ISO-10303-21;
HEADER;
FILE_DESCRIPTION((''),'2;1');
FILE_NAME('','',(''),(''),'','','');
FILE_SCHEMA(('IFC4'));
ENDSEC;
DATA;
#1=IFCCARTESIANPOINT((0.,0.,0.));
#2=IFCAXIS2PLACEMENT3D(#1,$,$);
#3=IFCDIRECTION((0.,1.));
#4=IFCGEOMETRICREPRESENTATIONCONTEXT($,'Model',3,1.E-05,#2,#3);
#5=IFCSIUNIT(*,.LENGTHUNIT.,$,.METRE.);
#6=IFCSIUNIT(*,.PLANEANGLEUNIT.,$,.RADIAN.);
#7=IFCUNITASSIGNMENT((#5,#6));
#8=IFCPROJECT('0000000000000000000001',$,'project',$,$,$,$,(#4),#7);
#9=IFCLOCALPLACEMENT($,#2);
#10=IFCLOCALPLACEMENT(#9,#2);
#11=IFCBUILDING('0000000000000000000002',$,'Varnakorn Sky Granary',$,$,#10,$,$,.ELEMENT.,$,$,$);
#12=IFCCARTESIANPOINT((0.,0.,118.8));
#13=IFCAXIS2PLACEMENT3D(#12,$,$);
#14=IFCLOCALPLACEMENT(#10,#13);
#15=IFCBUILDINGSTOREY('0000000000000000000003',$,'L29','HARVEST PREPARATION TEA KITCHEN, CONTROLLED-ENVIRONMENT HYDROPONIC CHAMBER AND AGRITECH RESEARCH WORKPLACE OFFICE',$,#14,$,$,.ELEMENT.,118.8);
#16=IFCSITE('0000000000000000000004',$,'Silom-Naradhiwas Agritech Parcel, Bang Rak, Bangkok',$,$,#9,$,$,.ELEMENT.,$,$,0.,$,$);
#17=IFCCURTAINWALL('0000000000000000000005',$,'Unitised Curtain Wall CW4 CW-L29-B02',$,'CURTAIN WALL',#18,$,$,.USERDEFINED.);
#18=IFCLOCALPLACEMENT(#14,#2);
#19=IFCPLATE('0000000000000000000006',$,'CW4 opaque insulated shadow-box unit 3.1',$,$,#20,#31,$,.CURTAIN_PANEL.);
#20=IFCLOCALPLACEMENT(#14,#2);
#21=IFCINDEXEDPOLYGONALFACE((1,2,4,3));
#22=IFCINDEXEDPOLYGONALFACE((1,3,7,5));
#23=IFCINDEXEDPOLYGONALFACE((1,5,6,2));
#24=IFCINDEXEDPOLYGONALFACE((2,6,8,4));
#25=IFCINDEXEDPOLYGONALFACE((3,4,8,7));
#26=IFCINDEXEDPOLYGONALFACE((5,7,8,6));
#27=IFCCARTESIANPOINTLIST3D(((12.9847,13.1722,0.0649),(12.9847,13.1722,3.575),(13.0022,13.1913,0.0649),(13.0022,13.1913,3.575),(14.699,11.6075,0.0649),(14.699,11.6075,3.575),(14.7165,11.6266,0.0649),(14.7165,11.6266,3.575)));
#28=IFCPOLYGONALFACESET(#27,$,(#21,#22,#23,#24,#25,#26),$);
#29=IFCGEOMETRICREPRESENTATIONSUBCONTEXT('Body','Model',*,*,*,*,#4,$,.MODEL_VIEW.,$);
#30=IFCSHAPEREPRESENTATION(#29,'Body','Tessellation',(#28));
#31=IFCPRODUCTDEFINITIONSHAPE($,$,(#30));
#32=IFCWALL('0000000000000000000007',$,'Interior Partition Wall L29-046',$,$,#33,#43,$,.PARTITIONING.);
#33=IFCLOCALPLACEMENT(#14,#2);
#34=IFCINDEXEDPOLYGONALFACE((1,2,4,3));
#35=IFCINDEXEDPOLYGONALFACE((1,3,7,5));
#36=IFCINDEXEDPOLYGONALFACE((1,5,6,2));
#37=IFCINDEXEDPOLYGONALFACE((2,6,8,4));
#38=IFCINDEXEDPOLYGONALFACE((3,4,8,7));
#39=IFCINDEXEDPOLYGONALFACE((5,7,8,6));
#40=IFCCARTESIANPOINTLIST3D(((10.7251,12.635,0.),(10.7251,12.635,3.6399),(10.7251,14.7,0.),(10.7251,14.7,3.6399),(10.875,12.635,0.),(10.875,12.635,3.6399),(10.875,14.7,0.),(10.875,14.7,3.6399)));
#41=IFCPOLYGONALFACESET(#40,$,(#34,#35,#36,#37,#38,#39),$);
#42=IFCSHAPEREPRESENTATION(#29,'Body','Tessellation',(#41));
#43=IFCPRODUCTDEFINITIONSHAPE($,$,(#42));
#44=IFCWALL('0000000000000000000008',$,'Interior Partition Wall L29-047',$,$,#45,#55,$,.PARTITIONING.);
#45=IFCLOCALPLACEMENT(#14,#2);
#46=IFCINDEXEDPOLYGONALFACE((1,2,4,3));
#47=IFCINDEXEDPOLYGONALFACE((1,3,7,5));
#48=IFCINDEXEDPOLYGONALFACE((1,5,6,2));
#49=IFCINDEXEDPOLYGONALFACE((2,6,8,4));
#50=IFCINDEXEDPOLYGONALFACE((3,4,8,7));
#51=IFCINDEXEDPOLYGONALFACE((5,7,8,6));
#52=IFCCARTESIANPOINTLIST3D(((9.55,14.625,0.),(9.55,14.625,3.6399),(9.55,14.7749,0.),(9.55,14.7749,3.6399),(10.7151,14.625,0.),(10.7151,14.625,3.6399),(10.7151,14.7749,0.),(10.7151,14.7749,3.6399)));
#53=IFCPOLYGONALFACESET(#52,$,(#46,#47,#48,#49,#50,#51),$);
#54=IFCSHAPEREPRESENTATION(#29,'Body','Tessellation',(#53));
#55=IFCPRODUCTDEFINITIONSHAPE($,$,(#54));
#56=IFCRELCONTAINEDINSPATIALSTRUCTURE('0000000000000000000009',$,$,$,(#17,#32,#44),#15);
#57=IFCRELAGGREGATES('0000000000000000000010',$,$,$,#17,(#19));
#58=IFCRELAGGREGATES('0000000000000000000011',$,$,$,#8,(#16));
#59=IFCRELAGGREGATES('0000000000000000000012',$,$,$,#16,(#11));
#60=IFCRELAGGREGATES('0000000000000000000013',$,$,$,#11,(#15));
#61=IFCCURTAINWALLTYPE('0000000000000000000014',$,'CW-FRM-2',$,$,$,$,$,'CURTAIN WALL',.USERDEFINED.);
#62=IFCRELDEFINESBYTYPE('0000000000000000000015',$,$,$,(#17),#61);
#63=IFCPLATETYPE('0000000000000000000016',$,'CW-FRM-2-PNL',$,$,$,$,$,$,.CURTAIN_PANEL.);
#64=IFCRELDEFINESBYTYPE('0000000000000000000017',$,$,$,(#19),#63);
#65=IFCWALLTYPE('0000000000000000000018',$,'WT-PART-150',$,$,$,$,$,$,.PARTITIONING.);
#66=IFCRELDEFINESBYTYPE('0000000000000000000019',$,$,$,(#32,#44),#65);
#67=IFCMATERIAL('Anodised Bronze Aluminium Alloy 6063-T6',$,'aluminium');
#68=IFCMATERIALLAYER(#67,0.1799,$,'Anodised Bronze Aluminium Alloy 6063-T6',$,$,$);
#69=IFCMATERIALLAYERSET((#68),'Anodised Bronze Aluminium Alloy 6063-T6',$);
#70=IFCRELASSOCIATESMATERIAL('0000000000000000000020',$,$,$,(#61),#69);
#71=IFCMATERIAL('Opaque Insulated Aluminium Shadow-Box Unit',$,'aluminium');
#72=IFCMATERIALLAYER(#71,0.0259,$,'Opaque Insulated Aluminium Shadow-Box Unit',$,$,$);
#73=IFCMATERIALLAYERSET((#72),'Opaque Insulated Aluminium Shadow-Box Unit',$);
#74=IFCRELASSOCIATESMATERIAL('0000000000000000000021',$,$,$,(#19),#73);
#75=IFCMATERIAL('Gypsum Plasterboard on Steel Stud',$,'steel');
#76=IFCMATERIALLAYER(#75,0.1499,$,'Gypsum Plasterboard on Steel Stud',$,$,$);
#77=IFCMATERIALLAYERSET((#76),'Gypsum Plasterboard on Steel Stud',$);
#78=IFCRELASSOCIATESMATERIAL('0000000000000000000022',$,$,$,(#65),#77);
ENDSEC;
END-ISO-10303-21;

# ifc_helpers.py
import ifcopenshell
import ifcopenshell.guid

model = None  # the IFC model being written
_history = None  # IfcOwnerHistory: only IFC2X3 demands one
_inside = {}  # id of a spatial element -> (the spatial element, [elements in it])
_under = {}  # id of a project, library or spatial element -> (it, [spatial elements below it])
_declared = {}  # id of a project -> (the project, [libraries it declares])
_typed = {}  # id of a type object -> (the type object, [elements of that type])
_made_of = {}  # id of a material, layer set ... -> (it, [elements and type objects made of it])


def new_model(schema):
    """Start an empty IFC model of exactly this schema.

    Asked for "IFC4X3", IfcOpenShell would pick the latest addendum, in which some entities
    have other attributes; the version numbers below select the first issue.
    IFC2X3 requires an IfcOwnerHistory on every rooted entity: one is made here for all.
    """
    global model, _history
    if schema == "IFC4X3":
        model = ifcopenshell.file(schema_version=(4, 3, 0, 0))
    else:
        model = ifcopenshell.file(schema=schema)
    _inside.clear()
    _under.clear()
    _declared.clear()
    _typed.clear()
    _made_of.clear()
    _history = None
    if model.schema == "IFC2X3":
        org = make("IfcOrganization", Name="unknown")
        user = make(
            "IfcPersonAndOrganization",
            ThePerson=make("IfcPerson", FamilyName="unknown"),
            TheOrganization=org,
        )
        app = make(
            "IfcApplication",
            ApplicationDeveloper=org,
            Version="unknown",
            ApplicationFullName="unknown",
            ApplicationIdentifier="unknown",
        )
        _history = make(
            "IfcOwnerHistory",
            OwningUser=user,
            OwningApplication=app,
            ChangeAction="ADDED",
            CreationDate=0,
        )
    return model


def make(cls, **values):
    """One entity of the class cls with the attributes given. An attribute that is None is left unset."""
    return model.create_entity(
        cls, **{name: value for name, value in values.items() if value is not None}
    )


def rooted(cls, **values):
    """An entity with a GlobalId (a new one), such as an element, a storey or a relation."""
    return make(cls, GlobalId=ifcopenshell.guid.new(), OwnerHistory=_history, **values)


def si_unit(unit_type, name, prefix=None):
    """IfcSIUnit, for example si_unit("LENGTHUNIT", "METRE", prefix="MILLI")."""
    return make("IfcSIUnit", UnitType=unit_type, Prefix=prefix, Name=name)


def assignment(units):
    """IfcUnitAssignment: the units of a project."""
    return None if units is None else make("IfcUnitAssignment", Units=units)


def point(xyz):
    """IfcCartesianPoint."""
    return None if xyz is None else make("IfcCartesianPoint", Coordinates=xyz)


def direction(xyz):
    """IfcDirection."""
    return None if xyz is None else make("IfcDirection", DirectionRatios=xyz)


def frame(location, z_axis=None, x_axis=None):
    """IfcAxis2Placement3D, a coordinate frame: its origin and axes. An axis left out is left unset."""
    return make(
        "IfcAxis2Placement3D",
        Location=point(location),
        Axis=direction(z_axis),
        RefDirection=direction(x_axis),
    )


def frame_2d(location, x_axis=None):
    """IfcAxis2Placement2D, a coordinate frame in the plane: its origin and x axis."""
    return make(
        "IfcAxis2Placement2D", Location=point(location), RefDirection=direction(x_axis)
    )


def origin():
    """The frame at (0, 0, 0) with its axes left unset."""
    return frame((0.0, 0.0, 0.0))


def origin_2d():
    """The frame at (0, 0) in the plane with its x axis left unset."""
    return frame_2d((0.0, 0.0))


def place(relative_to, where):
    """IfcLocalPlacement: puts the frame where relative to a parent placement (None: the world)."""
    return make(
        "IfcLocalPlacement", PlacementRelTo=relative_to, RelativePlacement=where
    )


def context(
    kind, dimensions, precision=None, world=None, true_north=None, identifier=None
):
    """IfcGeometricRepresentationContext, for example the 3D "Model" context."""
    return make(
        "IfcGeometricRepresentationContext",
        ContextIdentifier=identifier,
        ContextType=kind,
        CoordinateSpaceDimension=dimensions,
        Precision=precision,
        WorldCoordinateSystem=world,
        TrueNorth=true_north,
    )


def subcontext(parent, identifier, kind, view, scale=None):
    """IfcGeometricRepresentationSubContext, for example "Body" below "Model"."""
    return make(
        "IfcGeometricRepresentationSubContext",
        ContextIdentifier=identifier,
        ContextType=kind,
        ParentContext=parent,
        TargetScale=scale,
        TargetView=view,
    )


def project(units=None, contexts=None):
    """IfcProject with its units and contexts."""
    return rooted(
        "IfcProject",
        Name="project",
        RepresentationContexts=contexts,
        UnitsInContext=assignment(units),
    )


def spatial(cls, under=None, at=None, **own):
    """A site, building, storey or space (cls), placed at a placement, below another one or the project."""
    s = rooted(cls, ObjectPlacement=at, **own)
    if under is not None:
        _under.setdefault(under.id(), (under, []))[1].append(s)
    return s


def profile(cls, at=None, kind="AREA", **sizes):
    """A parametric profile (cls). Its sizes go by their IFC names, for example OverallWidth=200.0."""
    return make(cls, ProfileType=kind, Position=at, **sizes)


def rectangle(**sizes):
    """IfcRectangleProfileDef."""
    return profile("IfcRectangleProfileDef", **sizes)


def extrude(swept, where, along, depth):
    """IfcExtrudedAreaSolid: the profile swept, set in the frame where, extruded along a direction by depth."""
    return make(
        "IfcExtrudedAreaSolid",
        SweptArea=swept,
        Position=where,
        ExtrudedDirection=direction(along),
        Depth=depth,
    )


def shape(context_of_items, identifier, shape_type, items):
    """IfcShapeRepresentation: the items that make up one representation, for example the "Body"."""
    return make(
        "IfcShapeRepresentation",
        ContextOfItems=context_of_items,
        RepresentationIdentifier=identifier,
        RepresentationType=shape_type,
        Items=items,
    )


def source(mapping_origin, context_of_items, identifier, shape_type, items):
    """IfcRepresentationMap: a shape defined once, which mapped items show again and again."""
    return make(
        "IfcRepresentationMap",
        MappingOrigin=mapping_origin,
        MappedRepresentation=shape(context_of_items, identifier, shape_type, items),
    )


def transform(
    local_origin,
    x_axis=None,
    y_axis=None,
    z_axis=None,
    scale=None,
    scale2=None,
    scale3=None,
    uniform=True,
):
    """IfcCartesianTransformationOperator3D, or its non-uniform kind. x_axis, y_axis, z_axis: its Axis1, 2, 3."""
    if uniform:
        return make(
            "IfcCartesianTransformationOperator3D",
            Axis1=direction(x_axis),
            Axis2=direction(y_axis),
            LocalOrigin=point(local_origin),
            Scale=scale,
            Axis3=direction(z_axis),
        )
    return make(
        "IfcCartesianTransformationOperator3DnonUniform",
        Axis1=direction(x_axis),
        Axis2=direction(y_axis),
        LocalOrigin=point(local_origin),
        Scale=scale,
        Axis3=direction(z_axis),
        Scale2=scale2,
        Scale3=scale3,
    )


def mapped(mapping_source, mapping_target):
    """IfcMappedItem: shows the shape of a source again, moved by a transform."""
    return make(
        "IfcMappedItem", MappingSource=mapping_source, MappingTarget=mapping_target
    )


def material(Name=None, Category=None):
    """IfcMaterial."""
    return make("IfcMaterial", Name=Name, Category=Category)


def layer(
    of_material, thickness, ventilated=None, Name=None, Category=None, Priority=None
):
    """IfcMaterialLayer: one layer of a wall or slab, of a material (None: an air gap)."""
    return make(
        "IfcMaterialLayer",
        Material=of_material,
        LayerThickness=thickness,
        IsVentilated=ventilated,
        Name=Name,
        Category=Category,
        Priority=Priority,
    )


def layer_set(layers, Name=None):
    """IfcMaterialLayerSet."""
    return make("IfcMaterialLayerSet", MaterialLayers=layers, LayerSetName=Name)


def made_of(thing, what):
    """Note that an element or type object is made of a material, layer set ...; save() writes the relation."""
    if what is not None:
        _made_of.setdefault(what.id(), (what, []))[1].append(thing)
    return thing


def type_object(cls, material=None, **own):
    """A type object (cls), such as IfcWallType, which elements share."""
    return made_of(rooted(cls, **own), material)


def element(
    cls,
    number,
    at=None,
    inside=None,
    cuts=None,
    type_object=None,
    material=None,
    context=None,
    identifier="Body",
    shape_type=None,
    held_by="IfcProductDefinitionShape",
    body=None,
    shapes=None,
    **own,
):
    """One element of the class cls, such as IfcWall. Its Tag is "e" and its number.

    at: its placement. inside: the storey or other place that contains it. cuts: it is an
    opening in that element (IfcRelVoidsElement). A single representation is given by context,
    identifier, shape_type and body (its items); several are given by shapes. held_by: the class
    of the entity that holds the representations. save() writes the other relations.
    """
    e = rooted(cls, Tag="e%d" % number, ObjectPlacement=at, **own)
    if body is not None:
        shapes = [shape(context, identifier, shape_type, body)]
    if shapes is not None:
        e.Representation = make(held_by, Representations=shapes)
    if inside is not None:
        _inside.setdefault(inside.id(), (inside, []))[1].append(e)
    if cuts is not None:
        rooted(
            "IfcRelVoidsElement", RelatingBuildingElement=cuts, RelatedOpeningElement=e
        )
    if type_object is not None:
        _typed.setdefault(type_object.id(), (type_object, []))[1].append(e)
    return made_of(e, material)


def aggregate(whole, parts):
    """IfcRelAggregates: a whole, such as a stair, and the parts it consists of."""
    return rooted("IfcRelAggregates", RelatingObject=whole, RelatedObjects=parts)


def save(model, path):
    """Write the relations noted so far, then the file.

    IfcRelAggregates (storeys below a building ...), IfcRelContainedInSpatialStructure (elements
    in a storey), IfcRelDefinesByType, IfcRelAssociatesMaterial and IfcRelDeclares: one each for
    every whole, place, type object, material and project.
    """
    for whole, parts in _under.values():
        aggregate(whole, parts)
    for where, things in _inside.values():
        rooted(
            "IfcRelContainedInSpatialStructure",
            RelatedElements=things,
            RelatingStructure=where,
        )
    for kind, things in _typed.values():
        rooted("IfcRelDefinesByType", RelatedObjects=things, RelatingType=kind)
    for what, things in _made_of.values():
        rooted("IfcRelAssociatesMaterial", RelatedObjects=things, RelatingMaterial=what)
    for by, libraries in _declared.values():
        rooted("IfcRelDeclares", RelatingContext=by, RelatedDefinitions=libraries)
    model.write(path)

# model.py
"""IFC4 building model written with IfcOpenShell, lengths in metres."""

from ifc_helpers import new_model, si_unit, direction, frame, frame_2d, origin, origin_2d, place, context, subcontext, project, spatial, rectangle, extrude, source, transform, mapped, material, layer, layer_set, type_object, element, aggregate, save


model = new_model("IFC4")

# Units and contexts
model_context = context("Model", 3, precision=1e-05, world=origin(), true_north=direction((0.0, 1.0)))
body_context = subcontext(model_context, "Body", "Model", "MODEL_VIEW")
ifc_project = project(units=[si_unit("LENGTHUNIT", "METRE"), si_unit("PLANEANGLEUNIT", "RADIAN")], contexts=[model_context])

# Site, building, storey
site_placement = place(None, origin())
site = spatial("IfcSite", under=ifc_project, at=site_placement, Name="Silom-Naradhiwas Agritech Parcel, Bang Rak, Bangkok", CompositionType="ELEMENT", RefElevation=0.0)
building_placement = place(site_placement, origin())
building = spatial("IfcBuilding", under=site, at=building_placement, Name="Varnakorn Sky Granary", CompositionType="ELEMENT")
storey_placement = place(building_placement, frame((0.0, 0.0, 118.8)))
storey = spatial("IfcBuildingStorey", under=building, at=storey_placement, Name="L29", Description="HARVEST PREPARATION TEA KITCHEN, CONTROLLED-ENVIRONMENT HYDROPONIC CHAMBER AND AGRITECH RESEARCH WORKPLACE OFFICE", CompositionType="ELEMENT", Elevation=118.8)

# Curtain wall
ifc_material_1 = material(Name="Anodised Bronze Aluminium Alloy 6063-T6", Category="aluminium")
ifc_layer_1 = layer(ifc_material_1, 0.1799, Name="Anodised Bronze Aluminium Alloy 6063-T6")
ifc_layer_set_1 = layer_set([ifc_layer_1], Name="Anodised Bronze Aluminium Alloy 6063-T6")
curtain_wall_type = type_object("IfcCurtainWallType", Name="CW-FRM-2", ElementType="CURTAIN WALL", PredefinedType="USERDEFINED", material=ifc_layer_set_1)
curtain_wall_placement = place(storey_placement, origin())
curtain_wall = element("IfcCurtainWall", 1, at=curtain_wall_placement, inside=storey, type_object=curtain_wall_type, Name="Unitised Curtain Wall CW4 CW-L29-B02", ObjectType="CURTAIN WALL", PredefinedType="USERDEFINED")

# Plate
plate_type = type_object("IfcPlateType", Name="CW-FRM-2-PNL", PredefinedType="CURTAIN_PANEL")
ifc_material_2 = material(Name="Opaque Insulated Aluminium Shadow-Box Unit", Category="aluminium")
ifc_layer_2 = layer(ifc_material_2, 0.0259, Name="Opaque Insulated Aluminium Shadow-Box Unit")
ifc_layer_set_2 = layer_set([ifc_layer_2], Name="Opaque Insulated Aluminium Shadow-Box Unit")
shared_shape_1 = source(origin(), body_context, "Body", "SweptSolid", [
    extrude(rectangle(XDim=2.321, YDim=0.0259, at=origin_2d()), origin(), (0.0, 0.0, 1.0), 3.51),
])
plate_1_placement = place(storey_placement, frame((13.8506, 12.3994, 0.0649), z_axis=(0.0, 0.0, 1.0), x_axis=(0.738592, -0.674153, 0.0)))
plate_1 = element("IfcPlate", 2, at=plate_1_placement, type_object=plate_type, material=ifc_layer_set_2, Name="CW4 opaque insulated shadow-box unit 3.1", PredefinedType="CURTAIN_PANEL", context=body_context, shape_type="MappedRepresentation", body=[
    mapped(shared_shape_1, transform((0.0, 0.0, 0.0), x_axis=(1.0, 0.0, 0.0), y_axis=(0.0, 1.0, 0.0), z_axis=(0.0, 0.0, 1.0), scale=1.0)),
])
aggregate(curtain_wall, [plate_1])

# Walls
ifc_material_3 = material(Name="Gypsum Plasterboard on Steel Stud", Category="steel")
ifc_layer_3 = layer(ifc_material_3, 0.1499, Name="Gypsum Plasterboard on Steel Stud")
ifc_layer_set_3 = layer_set([ifc_layer_3], Name="Gypsum Plasterboard on Steel Stud")
wall_type = type_object("IfcWallType", Name="WT-PART-150", PredefinedType="PARTITIONING", material=ifc_layer_set_3)
wall_1_placement = place(storey_placement, frame((10.8, 12.635, 0.0), z_axis=(0.0, 0.0, 1.0), x_axis=(0.0, 1.0, 0.0)))
element("IfcWall", 3, at=wall_1_placement, inside=storey, type_object=wall_type, Name="Interior Partition Wall L29-046", PredefinedType="PARTITIONING", context=body_context, shape_type="SweptSolid", body=[
    extrude(rectangle(XDim=2.0649, YDim=0.1499, at=frame_2d((1.0325, 0.0))), origin(), (0.0, 0.0, 1.0), 3.6399),
])
wall_2_placement = place(storey_placement, frame((10.7151, 14.7, 0.0), z_axis=(0.0, 0.0, 1.0), x_axis=(-1.0, 0.0, 0.0)))
element("IfcWall", 4, at=wall_2_placement, inside=storey, type_object=wall_type, Name="Interior Partition Wall L29-047", PredefinedType="PARTITIONING", context=body_context, shape_type="SweptSolid", body=[
    extrude(rectangle(XDim=1.165, YDim=0.1499, at=frame_2d((0.5825, 0.0))), origin(), (0.0, 0.0, 1.0), 3.6399),
])

save(model, "model.ifc")
